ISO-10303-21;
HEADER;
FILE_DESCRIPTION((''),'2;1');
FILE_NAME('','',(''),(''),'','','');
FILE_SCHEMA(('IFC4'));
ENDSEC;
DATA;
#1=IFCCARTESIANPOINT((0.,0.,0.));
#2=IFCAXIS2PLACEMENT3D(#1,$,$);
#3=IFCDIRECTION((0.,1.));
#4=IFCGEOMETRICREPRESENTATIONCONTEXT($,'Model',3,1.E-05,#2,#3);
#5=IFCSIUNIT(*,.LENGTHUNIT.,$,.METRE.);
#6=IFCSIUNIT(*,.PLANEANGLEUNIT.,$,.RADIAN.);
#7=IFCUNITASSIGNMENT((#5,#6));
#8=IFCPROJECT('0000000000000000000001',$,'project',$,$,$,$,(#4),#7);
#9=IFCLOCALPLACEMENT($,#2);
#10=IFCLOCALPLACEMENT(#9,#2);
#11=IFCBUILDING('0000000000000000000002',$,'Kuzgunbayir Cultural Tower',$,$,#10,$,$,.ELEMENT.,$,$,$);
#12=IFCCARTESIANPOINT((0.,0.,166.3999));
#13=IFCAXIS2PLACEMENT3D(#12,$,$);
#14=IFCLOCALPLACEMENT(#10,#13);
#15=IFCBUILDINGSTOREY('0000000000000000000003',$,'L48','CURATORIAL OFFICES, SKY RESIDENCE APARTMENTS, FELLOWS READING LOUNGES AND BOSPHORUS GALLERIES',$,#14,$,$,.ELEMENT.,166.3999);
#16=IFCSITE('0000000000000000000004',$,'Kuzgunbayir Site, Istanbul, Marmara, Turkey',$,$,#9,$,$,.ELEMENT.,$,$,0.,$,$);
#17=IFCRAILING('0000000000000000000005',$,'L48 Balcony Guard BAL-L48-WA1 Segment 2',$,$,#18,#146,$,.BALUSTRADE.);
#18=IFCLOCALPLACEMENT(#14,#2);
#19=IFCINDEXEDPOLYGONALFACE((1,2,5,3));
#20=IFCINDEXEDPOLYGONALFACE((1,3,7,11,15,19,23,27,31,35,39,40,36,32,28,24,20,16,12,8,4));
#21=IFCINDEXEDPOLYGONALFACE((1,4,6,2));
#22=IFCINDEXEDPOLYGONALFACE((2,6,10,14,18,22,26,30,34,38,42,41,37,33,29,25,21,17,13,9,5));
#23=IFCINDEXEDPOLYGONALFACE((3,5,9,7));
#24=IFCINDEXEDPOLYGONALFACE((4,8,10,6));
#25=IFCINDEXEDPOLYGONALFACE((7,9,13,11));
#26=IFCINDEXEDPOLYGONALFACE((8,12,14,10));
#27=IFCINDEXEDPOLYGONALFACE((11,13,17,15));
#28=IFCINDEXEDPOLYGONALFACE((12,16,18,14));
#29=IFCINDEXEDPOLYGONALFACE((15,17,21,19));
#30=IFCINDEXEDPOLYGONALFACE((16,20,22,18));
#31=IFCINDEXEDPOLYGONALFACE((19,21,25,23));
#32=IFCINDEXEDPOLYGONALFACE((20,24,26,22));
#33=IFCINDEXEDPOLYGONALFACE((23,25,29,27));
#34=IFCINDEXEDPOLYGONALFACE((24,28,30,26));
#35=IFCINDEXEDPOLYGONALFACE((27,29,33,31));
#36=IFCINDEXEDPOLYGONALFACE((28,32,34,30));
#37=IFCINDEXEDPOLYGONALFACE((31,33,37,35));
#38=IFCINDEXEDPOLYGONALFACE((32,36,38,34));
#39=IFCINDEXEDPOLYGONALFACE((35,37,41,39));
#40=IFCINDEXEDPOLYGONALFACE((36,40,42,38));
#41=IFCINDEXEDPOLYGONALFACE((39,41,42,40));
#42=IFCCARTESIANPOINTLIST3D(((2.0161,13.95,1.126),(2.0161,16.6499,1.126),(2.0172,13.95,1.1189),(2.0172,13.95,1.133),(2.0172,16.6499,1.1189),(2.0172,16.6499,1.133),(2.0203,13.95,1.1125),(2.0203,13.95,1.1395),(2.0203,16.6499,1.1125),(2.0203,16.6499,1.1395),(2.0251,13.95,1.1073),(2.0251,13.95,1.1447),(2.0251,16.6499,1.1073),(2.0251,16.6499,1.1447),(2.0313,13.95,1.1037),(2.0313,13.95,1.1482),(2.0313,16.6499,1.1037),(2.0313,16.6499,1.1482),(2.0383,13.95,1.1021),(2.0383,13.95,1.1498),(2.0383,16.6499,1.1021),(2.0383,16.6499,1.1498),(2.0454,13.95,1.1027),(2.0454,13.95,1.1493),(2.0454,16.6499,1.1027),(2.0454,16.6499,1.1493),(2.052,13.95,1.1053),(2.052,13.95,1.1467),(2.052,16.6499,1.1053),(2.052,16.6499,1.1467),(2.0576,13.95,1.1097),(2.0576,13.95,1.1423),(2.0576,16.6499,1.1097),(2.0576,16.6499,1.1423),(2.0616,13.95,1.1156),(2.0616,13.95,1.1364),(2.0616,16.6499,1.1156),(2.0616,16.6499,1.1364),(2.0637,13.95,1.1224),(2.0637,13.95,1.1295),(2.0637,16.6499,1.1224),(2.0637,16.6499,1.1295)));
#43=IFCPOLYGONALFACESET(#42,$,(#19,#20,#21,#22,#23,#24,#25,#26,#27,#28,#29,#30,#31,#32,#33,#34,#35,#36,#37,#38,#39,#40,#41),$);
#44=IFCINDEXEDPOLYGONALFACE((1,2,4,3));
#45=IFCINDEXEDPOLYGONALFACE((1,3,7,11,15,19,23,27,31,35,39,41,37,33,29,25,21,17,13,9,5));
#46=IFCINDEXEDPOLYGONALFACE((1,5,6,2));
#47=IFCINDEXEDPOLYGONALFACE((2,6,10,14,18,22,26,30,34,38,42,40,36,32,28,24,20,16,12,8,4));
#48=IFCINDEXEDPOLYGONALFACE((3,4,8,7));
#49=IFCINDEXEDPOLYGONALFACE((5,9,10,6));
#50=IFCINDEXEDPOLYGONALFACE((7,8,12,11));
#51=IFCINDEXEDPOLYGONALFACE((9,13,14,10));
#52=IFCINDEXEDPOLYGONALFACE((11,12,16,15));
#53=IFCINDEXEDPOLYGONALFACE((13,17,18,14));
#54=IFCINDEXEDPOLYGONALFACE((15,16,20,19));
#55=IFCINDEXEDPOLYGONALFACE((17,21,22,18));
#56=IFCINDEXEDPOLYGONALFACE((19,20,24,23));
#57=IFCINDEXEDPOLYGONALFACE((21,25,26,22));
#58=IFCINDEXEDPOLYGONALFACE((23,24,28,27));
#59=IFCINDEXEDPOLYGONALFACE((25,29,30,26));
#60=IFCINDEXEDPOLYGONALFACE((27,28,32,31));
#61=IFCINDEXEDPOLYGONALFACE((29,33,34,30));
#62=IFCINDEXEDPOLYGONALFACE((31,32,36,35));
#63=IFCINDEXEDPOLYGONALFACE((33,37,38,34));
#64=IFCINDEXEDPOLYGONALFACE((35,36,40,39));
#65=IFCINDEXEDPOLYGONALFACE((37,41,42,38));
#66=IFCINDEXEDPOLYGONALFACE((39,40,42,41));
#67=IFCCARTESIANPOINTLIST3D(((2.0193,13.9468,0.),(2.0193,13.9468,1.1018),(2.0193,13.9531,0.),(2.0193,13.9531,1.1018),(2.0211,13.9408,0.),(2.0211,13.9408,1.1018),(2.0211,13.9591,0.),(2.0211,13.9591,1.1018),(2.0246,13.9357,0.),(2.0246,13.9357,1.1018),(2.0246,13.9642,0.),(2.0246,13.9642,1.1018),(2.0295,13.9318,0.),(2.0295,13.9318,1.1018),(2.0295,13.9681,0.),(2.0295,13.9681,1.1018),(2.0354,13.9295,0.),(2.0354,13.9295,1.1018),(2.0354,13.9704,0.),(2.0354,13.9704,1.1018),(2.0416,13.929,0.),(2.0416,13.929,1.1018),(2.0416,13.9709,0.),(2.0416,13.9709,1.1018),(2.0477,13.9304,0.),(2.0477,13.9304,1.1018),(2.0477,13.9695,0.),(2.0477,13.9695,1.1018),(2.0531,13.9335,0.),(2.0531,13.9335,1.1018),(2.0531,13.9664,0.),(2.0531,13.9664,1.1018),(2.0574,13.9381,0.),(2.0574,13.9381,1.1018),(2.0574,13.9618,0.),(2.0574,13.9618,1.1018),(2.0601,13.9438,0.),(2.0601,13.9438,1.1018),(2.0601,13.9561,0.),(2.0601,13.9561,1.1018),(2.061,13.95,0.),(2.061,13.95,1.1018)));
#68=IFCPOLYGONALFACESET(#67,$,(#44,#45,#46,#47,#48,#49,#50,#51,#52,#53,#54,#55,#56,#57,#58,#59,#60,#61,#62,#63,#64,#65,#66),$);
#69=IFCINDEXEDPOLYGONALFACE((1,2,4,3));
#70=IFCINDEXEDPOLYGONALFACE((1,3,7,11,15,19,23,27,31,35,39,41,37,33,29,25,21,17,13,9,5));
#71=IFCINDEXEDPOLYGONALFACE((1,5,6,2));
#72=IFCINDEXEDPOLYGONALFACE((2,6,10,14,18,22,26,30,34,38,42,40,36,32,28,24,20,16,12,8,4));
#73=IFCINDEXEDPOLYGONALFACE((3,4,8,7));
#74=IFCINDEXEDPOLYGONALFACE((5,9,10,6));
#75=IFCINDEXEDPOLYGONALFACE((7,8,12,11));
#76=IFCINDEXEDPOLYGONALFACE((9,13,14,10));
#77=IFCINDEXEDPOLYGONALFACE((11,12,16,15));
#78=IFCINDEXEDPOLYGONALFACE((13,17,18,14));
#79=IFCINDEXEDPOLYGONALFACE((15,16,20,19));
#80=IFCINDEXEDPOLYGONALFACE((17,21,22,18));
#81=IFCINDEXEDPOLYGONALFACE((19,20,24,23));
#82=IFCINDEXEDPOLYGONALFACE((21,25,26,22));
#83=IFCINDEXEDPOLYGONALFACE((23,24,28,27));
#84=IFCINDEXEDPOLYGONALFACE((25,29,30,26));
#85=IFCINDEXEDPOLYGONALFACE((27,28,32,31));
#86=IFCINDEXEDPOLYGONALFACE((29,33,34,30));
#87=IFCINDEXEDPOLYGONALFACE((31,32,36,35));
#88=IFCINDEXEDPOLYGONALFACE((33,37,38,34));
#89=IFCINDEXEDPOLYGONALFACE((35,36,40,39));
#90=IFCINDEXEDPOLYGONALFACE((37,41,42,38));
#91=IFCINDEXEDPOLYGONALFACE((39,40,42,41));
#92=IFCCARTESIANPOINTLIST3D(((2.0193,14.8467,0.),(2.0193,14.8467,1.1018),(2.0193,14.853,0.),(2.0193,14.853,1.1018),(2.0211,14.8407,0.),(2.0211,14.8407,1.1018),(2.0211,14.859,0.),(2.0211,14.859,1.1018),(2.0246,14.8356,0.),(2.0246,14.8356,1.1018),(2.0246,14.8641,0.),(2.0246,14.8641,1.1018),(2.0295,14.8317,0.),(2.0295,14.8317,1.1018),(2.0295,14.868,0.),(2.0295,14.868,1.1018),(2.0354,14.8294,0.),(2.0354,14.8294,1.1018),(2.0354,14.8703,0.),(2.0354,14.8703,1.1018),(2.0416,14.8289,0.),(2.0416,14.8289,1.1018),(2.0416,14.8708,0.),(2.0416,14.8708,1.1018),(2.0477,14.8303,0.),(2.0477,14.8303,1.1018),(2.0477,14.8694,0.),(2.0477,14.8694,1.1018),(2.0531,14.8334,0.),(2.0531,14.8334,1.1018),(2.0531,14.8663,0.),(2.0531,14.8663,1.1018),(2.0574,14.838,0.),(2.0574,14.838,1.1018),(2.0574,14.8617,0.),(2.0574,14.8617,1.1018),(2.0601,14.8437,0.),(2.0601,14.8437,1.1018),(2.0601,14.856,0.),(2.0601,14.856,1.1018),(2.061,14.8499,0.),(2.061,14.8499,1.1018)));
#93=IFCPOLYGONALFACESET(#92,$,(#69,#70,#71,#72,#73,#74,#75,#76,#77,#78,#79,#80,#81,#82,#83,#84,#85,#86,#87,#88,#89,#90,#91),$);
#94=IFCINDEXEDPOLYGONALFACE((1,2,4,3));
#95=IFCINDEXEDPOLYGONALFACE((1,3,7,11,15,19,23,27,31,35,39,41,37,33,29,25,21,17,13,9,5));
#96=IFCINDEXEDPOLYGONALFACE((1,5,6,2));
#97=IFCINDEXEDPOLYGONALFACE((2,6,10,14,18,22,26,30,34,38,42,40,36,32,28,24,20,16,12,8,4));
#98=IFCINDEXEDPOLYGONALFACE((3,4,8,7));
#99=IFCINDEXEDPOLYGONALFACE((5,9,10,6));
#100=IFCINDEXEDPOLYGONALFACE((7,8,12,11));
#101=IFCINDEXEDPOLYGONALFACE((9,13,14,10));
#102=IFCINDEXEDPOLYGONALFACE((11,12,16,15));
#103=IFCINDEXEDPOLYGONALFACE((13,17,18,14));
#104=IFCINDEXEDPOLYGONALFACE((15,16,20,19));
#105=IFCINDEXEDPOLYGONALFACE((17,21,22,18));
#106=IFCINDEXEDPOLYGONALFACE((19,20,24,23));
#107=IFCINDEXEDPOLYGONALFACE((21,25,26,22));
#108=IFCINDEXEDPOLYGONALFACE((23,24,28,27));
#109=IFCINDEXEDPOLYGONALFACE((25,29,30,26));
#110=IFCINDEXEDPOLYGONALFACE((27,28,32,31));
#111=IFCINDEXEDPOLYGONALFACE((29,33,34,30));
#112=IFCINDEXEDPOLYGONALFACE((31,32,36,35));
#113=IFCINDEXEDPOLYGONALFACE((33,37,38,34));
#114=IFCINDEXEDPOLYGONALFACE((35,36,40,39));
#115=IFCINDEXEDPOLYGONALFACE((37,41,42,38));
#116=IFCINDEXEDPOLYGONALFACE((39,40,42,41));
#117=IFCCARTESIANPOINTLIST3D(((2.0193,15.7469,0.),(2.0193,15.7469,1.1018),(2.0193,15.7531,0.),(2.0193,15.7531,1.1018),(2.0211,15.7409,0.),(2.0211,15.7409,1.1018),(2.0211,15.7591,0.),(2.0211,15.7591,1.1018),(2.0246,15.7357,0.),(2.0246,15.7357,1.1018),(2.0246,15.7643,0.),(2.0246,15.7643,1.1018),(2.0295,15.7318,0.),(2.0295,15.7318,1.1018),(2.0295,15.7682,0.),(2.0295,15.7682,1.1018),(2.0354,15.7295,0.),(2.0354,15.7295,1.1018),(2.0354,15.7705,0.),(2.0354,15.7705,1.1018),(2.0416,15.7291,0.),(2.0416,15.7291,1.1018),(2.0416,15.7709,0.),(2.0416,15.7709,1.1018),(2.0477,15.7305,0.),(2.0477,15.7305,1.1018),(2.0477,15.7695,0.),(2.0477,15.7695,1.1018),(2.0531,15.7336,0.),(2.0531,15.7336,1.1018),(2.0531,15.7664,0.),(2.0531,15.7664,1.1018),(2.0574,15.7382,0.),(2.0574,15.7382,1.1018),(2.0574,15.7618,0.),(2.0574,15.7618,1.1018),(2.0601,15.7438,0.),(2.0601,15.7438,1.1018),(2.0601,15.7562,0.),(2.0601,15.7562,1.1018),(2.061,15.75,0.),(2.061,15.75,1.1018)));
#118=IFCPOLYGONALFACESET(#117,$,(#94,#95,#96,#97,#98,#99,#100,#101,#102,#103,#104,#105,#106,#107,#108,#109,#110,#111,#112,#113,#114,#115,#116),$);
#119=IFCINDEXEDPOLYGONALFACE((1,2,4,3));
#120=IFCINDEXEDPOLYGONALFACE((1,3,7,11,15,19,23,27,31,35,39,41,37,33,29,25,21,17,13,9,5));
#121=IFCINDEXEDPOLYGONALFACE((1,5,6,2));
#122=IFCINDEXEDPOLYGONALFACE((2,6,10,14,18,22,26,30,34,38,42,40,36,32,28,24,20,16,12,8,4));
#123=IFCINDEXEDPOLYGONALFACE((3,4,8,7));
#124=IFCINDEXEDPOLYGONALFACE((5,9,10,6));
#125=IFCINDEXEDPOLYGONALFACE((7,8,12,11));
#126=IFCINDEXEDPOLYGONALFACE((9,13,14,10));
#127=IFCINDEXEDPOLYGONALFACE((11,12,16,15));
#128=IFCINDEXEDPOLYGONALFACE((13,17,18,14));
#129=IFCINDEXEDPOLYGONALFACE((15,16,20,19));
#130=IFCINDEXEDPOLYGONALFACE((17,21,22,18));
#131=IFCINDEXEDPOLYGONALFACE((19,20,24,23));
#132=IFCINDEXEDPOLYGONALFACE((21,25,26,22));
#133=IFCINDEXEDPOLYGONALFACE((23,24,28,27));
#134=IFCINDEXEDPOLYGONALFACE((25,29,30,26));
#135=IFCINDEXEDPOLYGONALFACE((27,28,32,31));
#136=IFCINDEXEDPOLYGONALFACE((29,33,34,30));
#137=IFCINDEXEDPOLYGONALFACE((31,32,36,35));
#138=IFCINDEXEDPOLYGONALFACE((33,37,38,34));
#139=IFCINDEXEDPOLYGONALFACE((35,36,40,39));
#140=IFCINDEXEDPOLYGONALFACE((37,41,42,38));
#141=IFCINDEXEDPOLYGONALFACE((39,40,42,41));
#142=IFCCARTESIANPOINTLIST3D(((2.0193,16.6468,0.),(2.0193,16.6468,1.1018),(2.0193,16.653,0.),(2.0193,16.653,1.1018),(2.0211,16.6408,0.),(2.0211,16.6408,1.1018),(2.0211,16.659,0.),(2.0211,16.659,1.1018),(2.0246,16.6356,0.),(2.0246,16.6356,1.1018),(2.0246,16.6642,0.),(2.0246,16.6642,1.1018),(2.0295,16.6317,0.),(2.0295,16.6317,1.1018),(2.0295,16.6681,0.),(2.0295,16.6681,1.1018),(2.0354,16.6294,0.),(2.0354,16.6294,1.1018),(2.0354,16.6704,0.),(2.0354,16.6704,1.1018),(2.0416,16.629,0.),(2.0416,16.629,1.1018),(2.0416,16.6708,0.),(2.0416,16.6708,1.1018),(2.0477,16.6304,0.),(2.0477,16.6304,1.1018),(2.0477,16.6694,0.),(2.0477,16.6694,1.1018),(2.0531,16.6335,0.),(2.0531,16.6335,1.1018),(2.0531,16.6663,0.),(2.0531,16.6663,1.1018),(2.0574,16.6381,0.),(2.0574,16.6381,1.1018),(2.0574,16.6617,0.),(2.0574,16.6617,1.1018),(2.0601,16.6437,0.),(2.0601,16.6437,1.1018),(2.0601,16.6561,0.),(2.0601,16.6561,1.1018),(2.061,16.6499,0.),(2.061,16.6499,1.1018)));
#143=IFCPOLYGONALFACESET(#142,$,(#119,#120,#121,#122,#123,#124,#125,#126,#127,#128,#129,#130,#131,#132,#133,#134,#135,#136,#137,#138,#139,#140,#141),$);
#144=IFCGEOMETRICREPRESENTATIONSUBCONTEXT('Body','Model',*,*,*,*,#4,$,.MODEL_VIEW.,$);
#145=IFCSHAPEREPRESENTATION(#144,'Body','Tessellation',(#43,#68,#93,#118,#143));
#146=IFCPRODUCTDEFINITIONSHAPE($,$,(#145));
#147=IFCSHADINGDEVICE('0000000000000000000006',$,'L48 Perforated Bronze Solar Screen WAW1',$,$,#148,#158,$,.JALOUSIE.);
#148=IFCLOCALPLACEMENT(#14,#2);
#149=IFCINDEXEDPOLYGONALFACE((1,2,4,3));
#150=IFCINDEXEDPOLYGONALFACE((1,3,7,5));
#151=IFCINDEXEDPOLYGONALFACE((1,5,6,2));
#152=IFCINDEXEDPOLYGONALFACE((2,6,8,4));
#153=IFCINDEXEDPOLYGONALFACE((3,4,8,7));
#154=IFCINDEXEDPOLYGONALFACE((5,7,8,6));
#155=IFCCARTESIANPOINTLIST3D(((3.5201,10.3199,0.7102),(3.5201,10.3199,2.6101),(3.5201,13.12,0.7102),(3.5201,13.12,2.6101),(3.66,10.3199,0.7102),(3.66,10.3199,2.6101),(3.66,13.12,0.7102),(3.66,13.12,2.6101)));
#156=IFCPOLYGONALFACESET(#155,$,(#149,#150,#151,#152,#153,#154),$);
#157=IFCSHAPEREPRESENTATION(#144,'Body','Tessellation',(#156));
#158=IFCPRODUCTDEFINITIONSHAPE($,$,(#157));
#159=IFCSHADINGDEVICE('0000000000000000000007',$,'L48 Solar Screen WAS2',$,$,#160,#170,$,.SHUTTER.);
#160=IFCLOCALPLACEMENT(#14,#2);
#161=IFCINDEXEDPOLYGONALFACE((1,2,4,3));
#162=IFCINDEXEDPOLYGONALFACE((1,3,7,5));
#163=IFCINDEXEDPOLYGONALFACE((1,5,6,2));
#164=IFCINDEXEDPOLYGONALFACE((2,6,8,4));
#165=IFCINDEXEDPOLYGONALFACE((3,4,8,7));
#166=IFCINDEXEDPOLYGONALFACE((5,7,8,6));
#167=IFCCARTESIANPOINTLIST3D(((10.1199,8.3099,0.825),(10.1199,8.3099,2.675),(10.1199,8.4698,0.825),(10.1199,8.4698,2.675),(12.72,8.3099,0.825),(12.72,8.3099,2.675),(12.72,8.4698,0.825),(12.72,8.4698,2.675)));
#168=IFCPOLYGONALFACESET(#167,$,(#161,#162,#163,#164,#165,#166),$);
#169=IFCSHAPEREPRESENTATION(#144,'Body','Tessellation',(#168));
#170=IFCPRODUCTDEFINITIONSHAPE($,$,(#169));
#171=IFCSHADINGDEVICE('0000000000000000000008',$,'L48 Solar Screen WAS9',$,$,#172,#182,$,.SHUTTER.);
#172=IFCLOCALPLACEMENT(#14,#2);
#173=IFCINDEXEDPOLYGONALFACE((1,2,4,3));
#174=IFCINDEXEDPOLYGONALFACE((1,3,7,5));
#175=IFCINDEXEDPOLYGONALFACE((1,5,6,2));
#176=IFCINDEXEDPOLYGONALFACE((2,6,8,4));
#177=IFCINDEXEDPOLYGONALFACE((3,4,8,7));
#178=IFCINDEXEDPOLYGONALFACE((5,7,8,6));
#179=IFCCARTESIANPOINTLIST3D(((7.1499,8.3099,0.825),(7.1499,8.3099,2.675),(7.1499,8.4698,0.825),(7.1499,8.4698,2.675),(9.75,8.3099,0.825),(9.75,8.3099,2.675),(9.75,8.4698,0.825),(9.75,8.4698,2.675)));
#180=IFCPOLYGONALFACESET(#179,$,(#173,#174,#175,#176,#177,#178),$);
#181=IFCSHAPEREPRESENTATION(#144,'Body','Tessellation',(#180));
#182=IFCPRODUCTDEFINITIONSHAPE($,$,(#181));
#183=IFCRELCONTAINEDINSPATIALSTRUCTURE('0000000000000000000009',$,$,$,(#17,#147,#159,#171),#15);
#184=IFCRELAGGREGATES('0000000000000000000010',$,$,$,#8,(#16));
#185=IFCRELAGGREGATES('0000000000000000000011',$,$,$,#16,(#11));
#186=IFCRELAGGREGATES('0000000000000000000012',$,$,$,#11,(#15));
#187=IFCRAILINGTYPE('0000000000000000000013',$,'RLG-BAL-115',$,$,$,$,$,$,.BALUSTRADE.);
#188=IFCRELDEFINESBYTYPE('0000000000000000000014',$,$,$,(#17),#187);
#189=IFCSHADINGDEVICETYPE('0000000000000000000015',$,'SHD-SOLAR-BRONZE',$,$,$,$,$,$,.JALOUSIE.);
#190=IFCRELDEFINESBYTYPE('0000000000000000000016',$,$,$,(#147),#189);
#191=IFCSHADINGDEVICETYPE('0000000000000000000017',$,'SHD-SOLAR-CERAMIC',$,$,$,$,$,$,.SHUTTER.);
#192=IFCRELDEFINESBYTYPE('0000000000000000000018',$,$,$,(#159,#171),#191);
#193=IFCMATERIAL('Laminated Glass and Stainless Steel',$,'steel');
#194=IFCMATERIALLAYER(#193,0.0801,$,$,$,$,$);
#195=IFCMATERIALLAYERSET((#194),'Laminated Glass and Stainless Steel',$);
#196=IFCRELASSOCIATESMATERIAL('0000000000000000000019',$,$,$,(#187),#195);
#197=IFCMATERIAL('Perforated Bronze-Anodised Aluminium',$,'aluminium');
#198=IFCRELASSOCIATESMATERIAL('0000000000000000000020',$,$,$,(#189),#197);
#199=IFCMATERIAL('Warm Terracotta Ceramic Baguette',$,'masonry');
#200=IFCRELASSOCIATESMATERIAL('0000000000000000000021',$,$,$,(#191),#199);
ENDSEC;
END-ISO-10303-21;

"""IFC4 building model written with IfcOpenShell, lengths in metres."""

from ifc_helpers import new_model, si_unit, direction, frame, origin, origin_2d, place, context, subcontext, project, spatial, rectangle, circle, extrude, material, layer, layer_set, type_object, element, save


model = new_model("IFC4")

# Units and contexts
model_context = context("Model", 3, precision=1e-05, world=origin(), true_north=direction((0.0, 1.0)))
body_context = subcontext(model_context, "Body", "Model", "MODEL_VIEW")
ifc_project = project(units=[si_unit("LENGTHUNIT", "METRE"), si_unit("PLANEANGLEUNIT", "RADIAN")], contexts=[model_context])

# Site, building, storey
site_placement = place(None, origin())
site = spatial("IfcSite", under=ifc_project, at=site_placement, Name="Kuzgunbayir Site, Istanbul, Marmara, Turkey", CompositionType="ELEMENT", RefElevation=0.0)
building_placement = place(site_placement, origin())
building = spatial("IfcBuilding", under=site, at=building_placement, Name="Kuzgunbayir Cultural Tower", CompositionType="ELEMENT")
storey_placement = place(building_placement, frame((0.0, 0.0, 166.3999)))
storey = spatial("IfcBuildingStorey", under=building, at=storey_placement, Name="L48", Description="CURATORIAL OFFICES, SKY RESIDENCE APARTMENTS, FELLOWS READING LOUNGES AND BOSPHORUS GALLERIES", CompositionType="ELEMENT", Elevation=166.3999)

# Railing
ifc_material_1 = material(Name="Laminated Glass and Stainless Steel", Category="steel")
ifc_layer_1 = layer(ifc_material_1, 0.0801)
ifc_layer_set_1 = layer_set([ifc_layer_1], Name="Laminated Glass and Stainless Steel")
railing_type = type_object("IfcRailingType", Name="RLG-BAL-115", PredefinedType="BALUSTRADE", material=ifc_layer_set_1)
railing_1_placement = place(storey_placement, frame((2.04, 13.95, 0.0)))
element("IfcRailing", 1, at=railing_1_placement, inside=storey, type_object=railing_type, Name="L48 Balcony Guard BAL-L48-WA1 Segment 2", PredefinedType="BALUSTRADE", context=body_context, shape_type="SweptSolid", body=[
    extrude(circle(Radius=0.0239, at=origin_2d()), frame((0.0, 0.0, 1.126), z_axis=(0.0, 1.0, 0.0), x_axis=(-1.0, 0.0, 0.0)), (0.0, 0.0, 1.0), 2.7),
    extrude(circle(Radius=0.021, at=origin_2d()), origin(), (0.0, 0.0, 1.0), 1.1018),
    extrude(circle(Radius=0.021, at=origin_2d()), frame((0.0, 0.8999, 0.0)), (0.0, 0.0, 1.0), 1.1018),
    extrude(circle(Radius=0.021, at=origin_2d()), frame((0.0, 1.8, 0.0)), (0.0, 0.0, 1.0), 1.1018),
    extrude(circle(Radius=0.021, at=origin_2d()), frame((0.0, 2.7, 0.0)), (0.0, 0.0, 1.0), 1.1018),
])

# Shading devices
ifc_material_2 = material(Name="Perforated Bronze-Anodised Aluminium", Category="aluminium")
shading_device_type_1 = type_object("IfcShadingDeviceType", Name="SHD-SOLAR-BRONZE", PredefinedType="JALOUSIE", material=ifc_material_2)
shading_device_placement = place(storey_placement, frame((3.5901, 11.72, 0.7102), z_axis=(0.0, 0.0, 1.0), x_axis=(1.0, 0.0, 0.0)))
element("IfcShadingDevice", 2, at=shading_device_placement, inside=storey, type_object=shading_device_type_1, Name="L48 Perforated Bronze Solar Screen WAW1", PredefinedType="JALOUSIE", context=body_context, shape_type="SweptSolid", body=[
    extrude(rectangle(XDim=0.1399, YDim=2.8, at=origin_2d()), origin(), (0.0, 0.0, 1.0), 1.8999),
])
ifc_material_3 = material(Name="Warm Terracotta Ceramic Baguette", Category="masonry")
shading_device_type_2 = type_object("IfcShadingDeviceType", Name="SHD-SOLAR-CERAMIC", PredefinedType="SHUTTER", material=ifc_material_3)
for number, where, z_axis, x_axis, name in (
    (3, (11.4199, 8.3899, 0.825), (0.0, 0.0, 1.0), (1.0, 0.0, 0.0), "L48 Solar Screen WAS2"),
    (4, (8.45, 8.3899, 0.825), (0.0, 0.0, 1.0), (1.0, 0.0, 0.0), "L48 Solar Screen WAS9"),
):
    element("IfcShadingDevice", number, at=place(storey_placement, frame(where, z_axis=z_axis, x_axis=x_axis)), inside=storey, type_object=shading_device_type_2, Name=name, PredefinedType="SHUTTER", context=body_context, shape_type="SweptSolid", body=[
        extrude(rectangle(XDim=2.6001, YDim=0.1599, at=origin_2d()), origin(), (0.0, 0.0, 1.0), 1.8501),
    ])

save(model, "model.ifc")
